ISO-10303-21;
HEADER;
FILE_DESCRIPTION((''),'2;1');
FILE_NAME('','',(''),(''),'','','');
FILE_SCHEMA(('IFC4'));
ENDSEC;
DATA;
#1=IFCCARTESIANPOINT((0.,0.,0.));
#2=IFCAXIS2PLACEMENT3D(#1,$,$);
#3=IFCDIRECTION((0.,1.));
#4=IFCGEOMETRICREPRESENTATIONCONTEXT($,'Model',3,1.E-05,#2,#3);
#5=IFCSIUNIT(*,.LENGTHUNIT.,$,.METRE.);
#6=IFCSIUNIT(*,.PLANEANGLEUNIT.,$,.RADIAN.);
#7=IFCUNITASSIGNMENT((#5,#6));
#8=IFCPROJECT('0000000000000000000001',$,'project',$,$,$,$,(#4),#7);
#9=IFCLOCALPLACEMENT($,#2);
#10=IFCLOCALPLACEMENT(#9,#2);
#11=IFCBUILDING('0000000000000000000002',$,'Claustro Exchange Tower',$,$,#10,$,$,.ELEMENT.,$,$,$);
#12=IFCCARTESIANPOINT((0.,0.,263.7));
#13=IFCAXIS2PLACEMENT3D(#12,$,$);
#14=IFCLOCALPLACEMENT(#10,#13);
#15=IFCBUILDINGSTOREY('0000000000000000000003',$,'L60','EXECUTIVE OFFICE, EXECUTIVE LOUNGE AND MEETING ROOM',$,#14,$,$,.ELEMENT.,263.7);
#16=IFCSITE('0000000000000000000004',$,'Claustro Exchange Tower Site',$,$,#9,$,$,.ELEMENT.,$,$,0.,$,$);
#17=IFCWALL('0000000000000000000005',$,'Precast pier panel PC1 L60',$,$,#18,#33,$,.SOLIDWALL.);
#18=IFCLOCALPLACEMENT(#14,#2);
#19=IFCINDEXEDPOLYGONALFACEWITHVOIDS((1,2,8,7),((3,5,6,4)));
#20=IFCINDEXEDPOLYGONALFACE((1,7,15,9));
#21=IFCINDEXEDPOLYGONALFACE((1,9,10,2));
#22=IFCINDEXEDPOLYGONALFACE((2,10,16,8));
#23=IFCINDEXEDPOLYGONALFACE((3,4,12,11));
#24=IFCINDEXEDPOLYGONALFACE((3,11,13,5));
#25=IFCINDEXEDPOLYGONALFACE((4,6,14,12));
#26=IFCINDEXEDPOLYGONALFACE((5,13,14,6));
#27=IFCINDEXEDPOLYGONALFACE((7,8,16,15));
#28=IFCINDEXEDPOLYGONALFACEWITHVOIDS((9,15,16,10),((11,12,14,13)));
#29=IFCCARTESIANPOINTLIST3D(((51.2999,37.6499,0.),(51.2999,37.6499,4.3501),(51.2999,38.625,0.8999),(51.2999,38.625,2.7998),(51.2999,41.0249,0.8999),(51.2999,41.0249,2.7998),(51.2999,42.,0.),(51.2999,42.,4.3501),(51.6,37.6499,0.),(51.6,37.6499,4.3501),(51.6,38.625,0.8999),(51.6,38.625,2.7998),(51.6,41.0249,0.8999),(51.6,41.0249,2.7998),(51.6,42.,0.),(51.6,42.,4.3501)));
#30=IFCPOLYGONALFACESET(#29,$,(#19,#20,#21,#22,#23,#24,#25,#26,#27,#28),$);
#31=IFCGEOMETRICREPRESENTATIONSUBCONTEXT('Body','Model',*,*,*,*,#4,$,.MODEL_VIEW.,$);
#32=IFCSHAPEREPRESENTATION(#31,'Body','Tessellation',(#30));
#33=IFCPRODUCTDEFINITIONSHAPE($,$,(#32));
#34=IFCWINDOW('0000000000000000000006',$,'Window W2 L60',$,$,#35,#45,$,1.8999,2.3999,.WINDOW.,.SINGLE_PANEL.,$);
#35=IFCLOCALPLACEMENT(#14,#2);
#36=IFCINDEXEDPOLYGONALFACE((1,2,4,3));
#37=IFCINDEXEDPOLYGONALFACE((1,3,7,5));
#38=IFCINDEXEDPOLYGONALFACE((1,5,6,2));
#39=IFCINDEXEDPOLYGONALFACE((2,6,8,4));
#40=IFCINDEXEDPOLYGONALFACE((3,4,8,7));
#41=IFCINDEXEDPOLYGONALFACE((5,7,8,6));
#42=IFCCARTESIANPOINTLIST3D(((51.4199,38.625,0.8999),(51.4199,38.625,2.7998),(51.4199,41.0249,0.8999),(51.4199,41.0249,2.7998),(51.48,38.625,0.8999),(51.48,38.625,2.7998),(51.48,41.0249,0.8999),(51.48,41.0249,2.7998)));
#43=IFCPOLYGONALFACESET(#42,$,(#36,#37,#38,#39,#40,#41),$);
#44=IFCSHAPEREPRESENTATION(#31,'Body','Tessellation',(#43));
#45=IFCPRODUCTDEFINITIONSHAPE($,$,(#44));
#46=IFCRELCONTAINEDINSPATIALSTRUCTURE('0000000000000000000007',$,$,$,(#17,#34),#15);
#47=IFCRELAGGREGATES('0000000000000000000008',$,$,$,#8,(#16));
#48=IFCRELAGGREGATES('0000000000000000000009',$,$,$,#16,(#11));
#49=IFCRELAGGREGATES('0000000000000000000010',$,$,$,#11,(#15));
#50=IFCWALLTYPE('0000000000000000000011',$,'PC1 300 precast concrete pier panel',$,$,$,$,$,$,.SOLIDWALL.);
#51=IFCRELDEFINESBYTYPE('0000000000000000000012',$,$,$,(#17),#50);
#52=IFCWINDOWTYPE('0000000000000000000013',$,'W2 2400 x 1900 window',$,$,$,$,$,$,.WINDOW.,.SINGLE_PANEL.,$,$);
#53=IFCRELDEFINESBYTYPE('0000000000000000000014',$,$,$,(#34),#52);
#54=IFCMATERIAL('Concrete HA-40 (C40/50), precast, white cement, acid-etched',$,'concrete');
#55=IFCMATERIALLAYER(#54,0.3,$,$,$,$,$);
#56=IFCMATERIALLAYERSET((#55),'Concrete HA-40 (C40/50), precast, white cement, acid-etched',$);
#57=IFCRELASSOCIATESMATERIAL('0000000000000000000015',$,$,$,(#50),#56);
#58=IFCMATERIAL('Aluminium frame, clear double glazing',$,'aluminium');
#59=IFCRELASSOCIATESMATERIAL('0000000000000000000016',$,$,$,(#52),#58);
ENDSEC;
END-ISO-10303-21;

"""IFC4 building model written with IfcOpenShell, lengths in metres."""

from ifc_helpers import new_model, si_unit, direction, frame, frame_2d, origin, place, context, subcontext, project, spatial, rectangle, extrude, material, layer, layer_set, type_object, element, fill, save


model = new_model("IFC4")

# Units and contexts
model_context = context("Model", 3, precision=1e-05, world=origin(), true_north=direction((0.0, 1.0)))
body_context = subcontext(model_context, "Body", "Model", "MODEL_VIEW")
ifc_project = project(units=[si_unit("LENGTHUNIT", "METRE"), si_unit("PLANEANGLEUNIT", "RADIAN")], contexts=[model_context])

# Site, building, storey
site_placement = place(None, origin())
site = spatial("IfcSite", under=ifc_project, at=site_placement, Name="Claustro Exchange Tower Site", CompositionType="ELEMENT", RefElevation=0.0)
building_placement = place(site_placement, origin())
building = spatial("IfcBuilding", under=site, at=building_placement, Name="Claustro Exchange Tower", CompositionType="ELEMENT")
storey_placement = place(building_placement, frame((0.0, 0.0, 263.7)))
storey = spatial("IfcBuildingStorey", under=building, at=storey_placement, Name="L60", Description="EXECUTIVE OFFICE, EXECUTIVE LOUNGE AND MEETING ROOM", CompositionType="ELEMENT", Elevation=263.7)

# Shared definitions
ifc_material_1 = material(Name="Concrete HA-40 (C40/50), precast, white cement, acid-etched", Category="concrete")
ifc_layer_1 = layer(ifc_material_1, 0.3)
ifc_layer_set_1 = layer_set([ifc_layer_1], Name="Concrete HA-40 (C40/50), precast, white cement, acid-etched")
wall_type_1 = type_object("IfcWallType", Name="PC1 300 precast concrete pier panel", PredefinedType="SOLIDWALL", material=ifc_layer_set_1)

# Wall, opening, window
wall_1_placement = place(storey_placement, frame((51.45, 42.0, 0.0), z_axis=(0.0, 0.0, 1.0), x_axis=(0.0, -1.0, 0.0)))
wall_1 = element("IfcWall", 1, at=wall_1_placement, inside=storey, type_object=wall_type_1, Name="Precast pier panel PC1 L60", PredefinedType="SOLIDWALL", context=body_context, shape_type="SweptSolid", body=[
    extrude(rectangle(XDim=4.3501, YDim=0.3, at=frame_2d((2.175, 0.0))), origin(), (0.0, 0.0, 1.0), 4.3501),
])
opening_1_placement = place(wall_1_placement, frame((0.9751, 0.0, 0.8999)))
opening_1 = element("IfcOpeningElement", 2, at=opening_1_placement, cuts=wall_1, PredefinedType="OPENING", context=body_context, shape_type="SweptSolid", body=[
    extrude(rectangle(XDim=2.3999, YDim=1.8999, at=frame_2d((1.2, 0.95))), frame((0.0, 0.1599, 0.0), z_axis=(0.0, -1.0, 0.0), x_axis=(1.0, 0.0, 0.0)), (0.0, 0.0, 1.0), 0.3201),
])
ifc_material_2 = material(Name="Aluminium frame, clear double glazing", Category="aluminium")
window_type_1 = type_object("IfcWindowType", Name="W2 2400 x 1900 window", PartitioningType="SINGLE_PANEL", PredefinedType="WINDOW", material=ifc_material_2)
window_1_placement = place(opening_1_placement, origin())
window_1 = element("IfcWindow", 3, at=window_1_placement, inside=storey, type_object=window_type_1, Name="Window W2 L60", OverallHeight=1.8999, OverallWidth=2.3999, PartitioningType="SINGLE_PANEL", PredefinedType="WINDOW", context=body_context, shape_type="SweptSolid", body=[
    extrude(rectangle(XDim=2.3999, YDim=1.8999, at=frame_2d((1.2, 0.95))), frame((0.0, 0.03, 0.0), z_axis=(0.0, -1.0, 0.0), x_axis=(1.0, 0.0, 0.0)), (0.0, 0.0, 1.0), 0.0601),
])
fill(opening_1, window_1)

save(model, "model.ifc")
